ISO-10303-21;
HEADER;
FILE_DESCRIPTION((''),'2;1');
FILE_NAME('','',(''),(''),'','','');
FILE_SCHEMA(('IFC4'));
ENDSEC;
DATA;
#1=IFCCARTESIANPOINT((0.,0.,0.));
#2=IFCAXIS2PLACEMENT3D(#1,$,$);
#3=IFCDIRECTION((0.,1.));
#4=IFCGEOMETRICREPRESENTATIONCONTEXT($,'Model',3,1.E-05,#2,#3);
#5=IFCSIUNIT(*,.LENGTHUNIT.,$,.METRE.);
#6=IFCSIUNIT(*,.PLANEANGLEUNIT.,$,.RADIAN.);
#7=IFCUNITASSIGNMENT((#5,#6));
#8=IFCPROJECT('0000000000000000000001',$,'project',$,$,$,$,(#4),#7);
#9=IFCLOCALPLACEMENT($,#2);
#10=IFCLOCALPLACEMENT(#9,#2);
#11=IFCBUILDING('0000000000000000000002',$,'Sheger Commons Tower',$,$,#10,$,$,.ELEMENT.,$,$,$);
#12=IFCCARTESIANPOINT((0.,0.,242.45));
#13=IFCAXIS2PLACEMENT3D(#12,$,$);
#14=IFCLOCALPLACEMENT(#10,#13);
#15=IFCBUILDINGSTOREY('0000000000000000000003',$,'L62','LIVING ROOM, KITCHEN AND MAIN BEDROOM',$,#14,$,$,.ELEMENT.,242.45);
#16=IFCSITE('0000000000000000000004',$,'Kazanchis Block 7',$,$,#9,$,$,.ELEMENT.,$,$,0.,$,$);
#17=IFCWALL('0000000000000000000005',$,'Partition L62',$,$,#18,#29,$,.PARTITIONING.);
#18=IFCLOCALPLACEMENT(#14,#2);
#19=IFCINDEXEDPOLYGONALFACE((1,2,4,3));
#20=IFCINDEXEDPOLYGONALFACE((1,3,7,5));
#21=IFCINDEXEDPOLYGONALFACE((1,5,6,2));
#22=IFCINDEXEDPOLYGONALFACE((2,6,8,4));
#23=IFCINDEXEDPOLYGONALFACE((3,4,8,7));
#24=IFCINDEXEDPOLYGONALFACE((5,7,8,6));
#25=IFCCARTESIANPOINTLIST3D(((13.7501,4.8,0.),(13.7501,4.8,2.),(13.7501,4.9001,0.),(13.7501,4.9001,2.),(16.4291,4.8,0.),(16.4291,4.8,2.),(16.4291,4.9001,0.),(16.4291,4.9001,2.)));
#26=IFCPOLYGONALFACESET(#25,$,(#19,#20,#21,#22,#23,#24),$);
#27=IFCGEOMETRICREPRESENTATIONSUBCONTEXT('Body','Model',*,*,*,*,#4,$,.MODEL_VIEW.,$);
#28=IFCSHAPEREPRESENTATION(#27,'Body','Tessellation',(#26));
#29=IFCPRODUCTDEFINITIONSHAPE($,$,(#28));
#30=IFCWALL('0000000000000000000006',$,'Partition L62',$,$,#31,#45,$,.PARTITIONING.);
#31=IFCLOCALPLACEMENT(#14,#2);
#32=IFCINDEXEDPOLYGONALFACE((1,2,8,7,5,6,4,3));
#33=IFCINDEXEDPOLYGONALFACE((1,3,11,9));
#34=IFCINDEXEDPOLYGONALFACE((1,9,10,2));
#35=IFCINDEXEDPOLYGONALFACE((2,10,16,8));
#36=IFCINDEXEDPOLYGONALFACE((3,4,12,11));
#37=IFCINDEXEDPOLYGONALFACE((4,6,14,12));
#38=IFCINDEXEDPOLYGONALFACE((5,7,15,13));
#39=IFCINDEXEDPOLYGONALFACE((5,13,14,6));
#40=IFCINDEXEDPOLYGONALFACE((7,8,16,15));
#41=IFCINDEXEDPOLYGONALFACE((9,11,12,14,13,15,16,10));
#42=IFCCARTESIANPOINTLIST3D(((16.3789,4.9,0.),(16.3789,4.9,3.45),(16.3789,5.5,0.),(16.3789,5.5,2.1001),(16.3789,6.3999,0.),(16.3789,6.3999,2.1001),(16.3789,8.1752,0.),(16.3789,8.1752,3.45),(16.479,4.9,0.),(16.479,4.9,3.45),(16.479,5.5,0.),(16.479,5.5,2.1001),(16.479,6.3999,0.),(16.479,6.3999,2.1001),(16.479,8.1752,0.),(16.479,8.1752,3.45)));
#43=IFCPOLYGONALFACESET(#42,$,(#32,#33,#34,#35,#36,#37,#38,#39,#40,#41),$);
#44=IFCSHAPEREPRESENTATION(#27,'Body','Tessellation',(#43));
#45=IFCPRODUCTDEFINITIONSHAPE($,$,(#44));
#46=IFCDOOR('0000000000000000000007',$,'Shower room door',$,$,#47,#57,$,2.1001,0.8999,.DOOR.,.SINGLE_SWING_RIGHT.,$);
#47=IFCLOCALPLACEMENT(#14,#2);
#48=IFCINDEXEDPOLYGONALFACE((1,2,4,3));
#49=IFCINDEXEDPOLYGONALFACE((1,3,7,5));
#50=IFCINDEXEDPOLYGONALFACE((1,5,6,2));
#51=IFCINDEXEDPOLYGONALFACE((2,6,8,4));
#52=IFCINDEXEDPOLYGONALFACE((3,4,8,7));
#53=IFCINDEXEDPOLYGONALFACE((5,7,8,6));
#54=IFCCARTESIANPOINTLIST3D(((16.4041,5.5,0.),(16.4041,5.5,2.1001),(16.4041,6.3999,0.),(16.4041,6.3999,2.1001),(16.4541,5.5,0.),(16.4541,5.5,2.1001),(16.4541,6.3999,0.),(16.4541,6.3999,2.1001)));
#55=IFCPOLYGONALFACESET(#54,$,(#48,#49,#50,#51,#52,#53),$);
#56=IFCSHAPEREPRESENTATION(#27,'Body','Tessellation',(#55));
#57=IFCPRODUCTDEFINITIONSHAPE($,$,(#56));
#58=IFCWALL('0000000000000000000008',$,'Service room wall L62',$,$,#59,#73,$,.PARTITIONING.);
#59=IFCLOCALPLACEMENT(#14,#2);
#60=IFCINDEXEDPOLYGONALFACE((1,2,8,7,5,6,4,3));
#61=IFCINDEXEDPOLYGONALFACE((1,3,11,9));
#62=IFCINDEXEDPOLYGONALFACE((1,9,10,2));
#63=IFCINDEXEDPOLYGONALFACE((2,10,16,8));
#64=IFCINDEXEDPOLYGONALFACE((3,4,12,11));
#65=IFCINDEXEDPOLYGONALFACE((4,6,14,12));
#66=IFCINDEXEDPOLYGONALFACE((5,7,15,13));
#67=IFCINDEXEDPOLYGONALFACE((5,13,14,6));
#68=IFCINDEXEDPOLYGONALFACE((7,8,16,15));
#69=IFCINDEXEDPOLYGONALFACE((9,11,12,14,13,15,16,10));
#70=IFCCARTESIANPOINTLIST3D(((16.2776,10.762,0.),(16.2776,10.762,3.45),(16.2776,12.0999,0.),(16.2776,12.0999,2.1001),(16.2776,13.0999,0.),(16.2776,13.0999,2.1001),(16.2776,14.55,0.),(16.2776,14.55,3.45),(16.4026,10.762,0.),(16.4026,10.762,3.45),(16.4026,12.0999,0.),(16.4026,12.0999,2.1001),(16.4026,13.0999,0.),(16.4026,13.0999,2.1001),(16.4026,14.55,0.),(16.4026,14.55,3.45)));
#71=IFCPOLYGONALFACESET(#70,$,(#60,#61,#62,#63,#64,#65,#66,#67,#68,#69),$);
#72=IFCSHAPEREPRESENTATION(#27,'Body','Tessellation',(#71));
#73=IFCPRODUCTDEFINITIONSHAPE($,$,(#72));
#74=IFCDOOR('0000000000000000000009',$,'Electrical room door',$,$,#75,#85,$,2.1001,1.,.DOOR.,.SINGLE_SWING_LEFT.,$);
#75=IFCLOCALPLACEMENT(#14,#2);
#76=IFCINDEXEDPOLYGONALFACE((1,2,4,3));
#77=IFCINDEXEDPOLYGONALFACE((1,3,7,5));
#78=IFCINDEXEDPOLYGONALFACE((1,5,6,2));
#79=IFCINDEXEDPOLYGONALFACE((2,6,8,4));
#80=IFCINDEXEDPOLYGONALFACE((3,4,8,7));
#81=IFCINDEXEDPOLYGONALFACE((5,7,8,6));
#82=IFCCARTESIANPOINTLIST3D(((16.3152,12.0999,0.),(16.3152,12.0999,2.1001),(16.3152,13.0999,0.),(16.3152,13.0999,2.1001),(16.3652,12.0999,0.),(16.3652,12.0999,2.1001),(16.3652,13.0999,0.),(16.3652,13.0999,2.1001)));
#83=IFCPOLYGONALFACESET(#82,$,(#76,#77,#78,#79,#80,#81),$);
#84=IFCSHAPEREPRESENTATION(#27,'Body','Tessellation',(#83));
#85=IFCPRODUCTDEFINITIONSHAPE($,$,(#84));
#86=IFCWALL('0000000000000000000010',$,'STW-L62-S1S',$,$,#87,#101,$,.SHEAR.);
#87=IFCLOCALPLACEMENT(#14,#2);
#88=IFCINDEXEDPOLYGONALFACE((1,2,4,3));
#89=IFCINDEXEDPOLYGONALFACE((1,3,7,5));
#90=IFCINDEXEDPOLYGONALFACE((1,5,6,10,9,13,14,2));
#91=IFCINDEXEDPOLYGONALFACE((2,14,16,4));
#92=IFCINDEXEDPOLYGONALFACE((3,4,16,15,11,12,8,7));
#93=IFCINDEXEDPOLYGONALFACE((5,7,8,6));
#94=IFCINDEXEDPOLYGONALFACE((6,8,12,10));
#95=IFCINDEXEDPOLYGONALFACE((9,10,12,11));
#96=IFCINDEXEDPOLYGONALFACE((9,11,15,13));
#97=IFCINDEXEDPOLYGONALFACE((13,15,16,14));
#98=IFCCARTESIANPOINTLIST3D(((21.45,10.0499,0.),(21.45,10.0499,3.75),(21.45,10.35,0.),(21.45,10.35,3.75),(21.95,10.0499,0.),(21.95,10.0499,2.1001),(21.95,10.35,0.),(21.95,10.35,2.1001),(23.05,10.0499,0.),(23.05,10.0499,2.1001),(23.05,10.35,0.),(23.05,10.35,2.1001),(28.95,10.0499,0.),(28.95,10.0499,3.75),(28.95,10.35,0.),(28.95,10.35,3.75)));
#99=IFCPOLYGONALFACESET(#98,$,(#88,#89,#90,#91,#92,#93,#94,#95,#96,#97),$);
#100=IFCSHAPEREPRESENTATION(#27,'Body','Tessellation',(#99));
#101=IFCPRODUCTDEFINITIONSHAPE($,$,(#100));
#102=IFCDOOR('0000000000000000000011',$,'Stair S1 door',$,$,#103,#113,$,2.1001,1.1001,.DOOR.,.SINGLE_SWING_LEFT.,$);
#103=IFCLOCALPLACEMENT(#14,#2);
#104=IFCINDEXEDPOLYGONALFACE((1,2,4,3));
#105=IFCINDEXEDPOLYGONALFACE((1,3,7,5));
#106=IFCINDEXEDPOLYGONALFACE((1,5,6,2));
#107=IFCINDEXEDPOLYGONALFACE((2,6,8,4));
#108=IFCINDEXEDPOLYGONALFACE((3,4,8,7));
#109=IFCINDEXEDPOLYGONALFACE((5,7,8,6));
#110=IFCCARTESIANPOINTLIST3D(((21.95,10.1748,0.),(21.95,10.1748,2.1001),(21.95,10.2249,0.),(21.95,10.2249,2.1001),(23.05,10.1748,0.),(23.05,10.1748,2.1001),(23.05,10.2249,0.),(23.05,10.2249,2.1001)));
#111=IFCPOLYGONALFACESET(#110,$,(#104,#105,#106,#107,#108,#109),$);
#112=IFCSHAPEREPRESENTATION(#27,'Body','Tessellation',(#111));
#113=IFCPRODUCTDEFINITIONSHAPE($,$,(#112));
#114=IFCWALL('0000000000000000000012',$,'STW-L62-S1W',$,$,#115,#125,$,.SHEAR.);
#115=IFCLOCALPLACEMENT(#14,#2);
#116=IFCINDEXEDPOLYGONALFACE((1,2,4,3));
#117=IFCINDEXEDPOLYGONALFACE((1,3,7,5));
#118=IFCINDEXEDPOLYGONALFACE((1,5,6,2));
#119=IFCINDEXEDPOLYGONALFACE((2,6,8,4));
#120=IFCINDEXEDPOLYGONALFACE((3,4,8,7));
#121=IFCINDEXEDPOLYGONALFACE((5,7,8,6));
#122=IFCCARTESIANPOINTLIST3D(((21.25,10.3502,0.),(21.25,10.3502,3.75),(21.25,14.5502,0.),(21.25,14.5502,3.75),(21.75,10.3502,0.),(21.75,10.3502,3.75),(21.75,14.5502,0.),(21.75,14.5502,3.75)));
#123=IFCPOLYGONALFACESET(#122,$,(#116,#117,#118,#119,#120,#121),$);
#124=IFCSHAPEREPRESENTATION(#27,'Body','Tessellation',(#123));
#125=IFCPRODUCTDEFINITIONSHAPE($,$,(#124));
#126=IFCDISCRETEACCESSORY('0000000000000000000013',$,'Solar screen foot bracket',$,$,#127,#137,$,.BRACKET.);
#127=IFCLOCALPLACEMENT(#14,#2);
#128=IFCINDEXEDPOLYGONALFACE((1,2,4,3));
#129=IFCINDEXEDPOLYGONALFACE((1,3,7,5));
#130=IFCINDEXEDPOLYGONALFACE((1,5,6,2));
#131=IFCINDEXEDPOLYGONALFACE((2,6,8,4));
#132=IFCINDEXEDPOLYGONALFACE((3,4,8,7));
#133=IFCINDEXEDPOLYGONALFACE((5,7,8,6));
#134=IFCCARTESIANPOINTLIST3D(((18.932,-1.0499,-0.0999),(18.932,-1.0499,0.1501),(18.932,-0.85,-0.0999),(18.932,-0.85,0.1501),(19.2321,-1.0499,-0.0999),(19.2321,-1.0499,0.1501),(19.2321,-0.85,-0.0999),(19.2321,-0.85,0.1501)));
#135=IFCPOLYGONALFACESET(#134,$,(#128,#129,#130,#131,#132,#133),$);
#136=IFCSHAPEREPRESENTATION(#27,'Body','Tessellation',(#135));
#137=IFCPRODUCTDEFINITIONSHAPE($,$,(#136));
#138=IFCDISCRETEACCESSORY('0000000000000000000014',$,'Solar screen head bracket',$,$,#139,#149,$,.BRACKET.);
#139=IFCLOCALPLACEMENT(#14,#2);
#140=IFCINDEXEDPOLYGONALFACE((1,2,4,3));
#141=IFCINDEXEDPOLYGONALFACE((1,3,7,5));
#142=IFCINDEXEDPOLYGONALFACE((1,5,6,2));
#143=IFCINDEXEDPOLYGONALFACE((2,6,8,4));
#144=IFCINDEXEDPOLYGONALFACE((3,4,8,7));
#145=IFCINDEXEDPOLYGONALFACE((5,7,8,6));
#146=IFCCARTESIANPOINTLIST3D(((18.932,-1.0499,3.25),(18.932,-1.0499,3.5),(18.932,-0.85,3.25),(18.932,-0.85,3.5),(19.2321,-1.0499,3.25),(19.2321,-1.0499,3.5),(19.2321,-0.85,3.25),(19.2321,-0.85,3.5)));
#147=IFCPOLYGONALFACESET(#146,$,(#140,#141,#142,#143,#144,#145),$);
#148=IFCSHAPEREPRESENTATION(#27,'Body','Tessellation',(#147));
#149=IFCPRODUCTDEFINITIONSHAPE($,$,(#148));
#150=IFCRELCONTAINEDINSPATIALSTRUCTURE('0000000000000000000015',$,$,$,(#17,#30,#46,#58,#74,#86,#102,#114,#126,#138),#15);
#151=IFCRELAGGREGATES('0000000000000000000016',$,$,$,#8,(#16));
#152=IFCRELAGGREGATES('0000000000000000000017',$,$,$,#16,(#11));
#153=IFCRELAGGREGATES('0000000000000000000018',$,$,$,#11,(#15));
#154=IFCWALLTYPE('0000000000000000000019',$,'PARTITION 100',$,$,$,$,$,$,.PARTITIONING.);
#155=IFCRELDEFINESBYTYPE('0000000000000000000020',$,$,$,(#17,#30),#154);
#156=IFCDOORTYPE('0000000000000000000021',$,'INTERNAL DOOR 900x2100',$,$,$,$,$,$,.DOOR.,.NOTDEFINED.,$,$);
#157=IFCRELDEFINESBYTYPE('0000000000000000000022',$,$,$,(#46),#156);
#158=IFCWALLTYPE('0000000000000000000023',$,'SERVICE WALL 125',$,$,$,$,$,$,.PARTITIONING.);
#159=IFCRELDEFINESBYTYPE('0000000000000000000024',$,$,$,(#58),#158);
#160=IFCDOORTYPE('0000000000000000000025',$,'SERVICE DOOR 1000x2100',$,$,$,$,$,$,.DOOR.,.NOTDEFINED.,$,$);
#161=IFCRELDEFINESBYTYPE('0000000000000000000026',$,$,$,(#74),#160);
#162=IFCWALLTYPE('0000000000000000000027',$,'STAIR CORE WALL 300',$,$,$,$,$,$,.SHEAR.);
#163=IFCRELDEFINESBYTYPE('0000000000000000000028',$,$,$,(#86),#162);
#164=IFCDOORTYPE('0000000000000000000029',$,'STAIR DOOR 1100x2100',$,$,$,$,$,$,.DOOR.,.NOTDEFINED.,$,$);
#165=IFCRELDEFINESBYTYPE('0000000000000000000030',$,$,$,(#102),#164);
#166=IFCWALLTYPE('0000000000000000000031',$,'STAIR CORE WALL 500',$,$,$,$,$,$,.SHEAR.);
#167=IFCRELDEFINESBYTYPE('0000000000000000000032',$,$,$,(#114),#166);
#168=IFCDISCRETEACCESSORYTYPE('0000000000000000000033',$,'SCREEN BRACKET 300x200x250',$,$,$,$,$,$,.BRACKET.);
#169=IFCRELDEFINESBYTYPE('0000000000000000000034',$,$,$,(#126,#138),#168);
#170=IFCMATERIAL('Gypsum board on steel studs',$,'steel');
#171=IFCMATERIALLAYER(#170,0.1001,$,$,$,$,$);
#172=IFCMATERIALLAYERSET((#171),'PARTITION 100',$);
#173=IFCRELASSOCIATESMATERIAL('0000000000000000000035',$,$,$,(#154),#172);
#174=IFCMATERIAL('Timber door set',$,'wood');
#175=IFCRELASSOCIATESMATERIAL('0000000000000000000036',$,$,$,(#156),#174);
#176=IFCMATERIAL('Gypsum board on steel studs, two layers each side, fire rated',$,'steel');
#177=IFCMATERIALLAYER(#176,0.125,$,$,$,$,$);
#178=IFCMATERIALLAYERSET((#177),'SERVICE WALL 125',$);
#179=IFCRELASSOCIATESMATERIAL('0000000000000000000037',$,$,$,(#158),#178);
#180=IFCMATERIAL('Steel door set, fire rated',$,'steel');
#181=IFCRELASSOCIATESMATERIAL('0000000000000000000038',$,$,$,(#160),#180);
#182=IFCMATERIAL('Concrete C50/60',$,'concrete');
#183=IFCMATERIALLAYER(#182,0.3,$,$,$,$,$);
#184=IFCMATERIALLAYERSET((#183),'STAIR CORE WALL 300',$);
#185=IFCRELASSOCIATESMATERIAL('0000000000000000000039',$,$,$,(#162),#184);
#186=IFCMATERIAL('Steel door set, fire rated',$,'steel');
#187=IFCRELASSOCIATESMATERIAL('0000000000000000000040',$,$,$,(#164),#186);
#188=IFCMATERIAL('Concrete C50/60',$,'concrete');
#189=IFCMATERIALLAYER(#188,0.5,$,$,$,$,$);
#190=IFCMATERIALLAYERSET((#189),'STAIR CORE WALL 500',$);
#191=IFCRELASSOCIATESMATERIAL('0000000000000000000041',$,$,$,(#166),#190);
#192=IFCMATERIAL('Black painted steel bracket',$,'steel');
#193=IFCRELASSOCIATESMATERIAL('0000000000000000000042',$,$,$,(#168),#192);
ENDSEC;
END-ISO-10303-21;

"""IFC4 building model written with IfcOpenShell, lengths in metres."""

from ifc_helpers import new_model, si_unit, direction, frame, frame_2d, origin, origin_2d, place, context, subcontext, project, spatial, rectangle, extrude, material, layer, layer_set, type_object, element, fill, save


model = new_model("IFC4")

# Units and contexts
model_context = context("Model", 3, precision=1e-05, world=origin(), true_north=direction((0.0, 1.0)))
body_context = subcontext(model_context, "Body", "Model", "MODEL_VIEW")
ifc_project = project(units=[si_unit("LENGTHUNIT", "METRE"), si_unit("PLANEANGLEUNIT", "RADIAN")], contexts=[model_context])

# Site, building, storey
site_placement = place(None, origin())
site = spatial("IfcSite", under=ifc_project, at=site_placement, Name="Kazanchis Block 7", CompositionType="ELEMENT", RefElevation=0.0)
building_placement = place(site_placement, origin())
building = spatial("IfcBuilding", under=site, at=building_placement, Name="Sheger Commons Tower", CompositionType="ELEMENT")
storey_placement = place(building_placement, frame((0.0, 0.0, 242.45)))
storey = spatial("IfcBuildingStorey", under=building, at=storey_placement, Name="L62", Description="LIVING ROOM, KITCHEN AND MAIN BEDROOM", CompositionType="ELEMENT", Elevation=242.45)

# Wall
ifc_material_1 = material(Name="Gypsum board on steel studs", Category="steel")
ifc_layer_1 = layer(ifc_material_1, 0.1001)
ifc_layer_set_1 = layer_set([ifc_layer_1], Name="PARTITION 100")
wall_type_1 = type_object("IfcWallType", Name="PARTITION 100", PredefinedType="PARTITIONING", material=ifc_layer_set_1)
wall_1_placement = place(storey_placement, frame((16.429, 4.8501, 0.0), z_axis=(0.0, 0.0, 1.0), x_axis=(-1.0, 0.0, 0.0)))
element("IfcWall", 1, at=wall_1_placement, inside=storey, type_object=wall_type_1, Name="Partition L62", PredefinedType="PARTITIONING", context=body_context, shape_type="SweptSolid", body=[
    extrude(rectangle(XDim=2.679, YDim=0.1001, at=frame_2d((1.3394, 0.0))), origin(), (0.0, 0.0, 1.0), 2.0),
])

# Walls, openings, doors
wall_2_placement = place(storey_placement, frame((16.429, 4.8999, 0.0), z_axis=(0.0, 0.0, 1.0), x_axis=(0.0, 1.0, 0.0)))
wall_2 = element("IfcWall", 2, at=wall_2_placement, inside=storey, type_object=wall_type_1, Name="Partition L62", PredefinedType="PARTITIONING", context=body_context, shape_type="SweptSolid", body=[
    extrude(rectangle(XDim=3.2751, YDim=0.1001, at=frame_2d((1.6377, 0.0))), origin(), (0.0, 0.0, 1.0), 3.45),
])
opening_1_placement = place(wall_2_placement, frame((0.6001, 0.0, 0.0)))
opening_1 = element("IfcOpeningElement", 3, at=opening_1_placement, cuts=wall_2, PredefinedType="OPENING", context=body_context, shape_type="SweptSolid", body=[
    extrude(rectangle(XDim=0.8999, YDim=2.1001, at=frame_2d((0.45, 1.05))), frame((0.0, 0.0601, 0.0), z_axis=(0.0, -1.0, 0.0), x_axis=(1.0, 0.0, 0.0)), (0.0, 0.0, 1.0), 0.1201),
])
ifc_material_2 = material(Name="Timber door set", Category="wood")
door_type_1 = type_object("IfcDoorType", Name="INTERNAL DOOR 900x2100", OperationType="NOTDEFINED", PredefinedType="DOOR", material=ifc_material_2)
door_1_placement = place(opening_1_placement, origin())
door_1 = element("IfcDoor", 4, at=door_1_placement, inside=storey, type_object=door_type_1, Name="Shower room door", OperationType="SINGLE_SWING_RIGHT", OverallHeight=2.1001, OverallWidth=0.8999, PredefinedType="DOOR", context=body_context, shape_type="SweptSolid", body=[
    extrude(rectangle(XDim=0.8999, YDim=2.1001, at=frame_2d((0.45, 1.05))), frame((0.0, 0.0249, 0.0), z_axis=(0.0, -1.0, 0.0), x_axis=(1.0, 0.0, 0.0)), (0.0, 0.0, 1.0), 0.05),
])
fill(opening_1, door_1)
ifc_material_3 = material(Name="Gypsum board on steel studs, two layers each side, fire rated", Category="steel")
ifc_layer_2 = layer(ifc_material_3, 0.125)
ifc_layer_set_2 = layer_set([ifc_layer_2], Name="SERVICE WALL 125")
wall_type_2 = type_object("IfcWallType", Name="SERVICE WALL 125", PredefinedType="PARTITIONING", material=ifc_layer_set_2)
wall_3_placement = place(storey_placement, frame((16.3401, 10.762, 0.0), z_axis=(0.0, 0.0, 1.0), x_axis=(0.0, 1.0, 0.0)))
wall_3 = element("IfcWall", 5, at=wall_3_placement, inside=storey, type_object=wall_type_2, Name="Service room wall L62", PredefinedType="PARTITIONING", context=body_context, shape_type="SweptSolid", body=[
    extrude(rectangle(XDim=3.7881, YDim=0.125, at=frame_2d((1.894, 0.0))), origin(), (0.0, 0.0, 1.0), 3.45),
])
opening_2_placement = place(wall_3_placement, frame((1.3379, 0.0, 0.0)))
opening_2 = element("IfcOpeningElement", 6, at=opening_2_placement, cuts=wall_3, PredefinedType="OPENING", context=body_context, shape_type="SweptSolid", body=[
    extrude(rectangle(XDim=1.0, YDim=2.1001, at=frame_2d((0.5, 1.05))), frame((0.0, 0.0725, 0.0), z_axis=(0.0, -1.0, 0.0), x_axis=(1.0, 0.0, 0.0)), (0.0, 0.0, 1.0), 0.145),
])
ifc_material_4 = material(Name="Steel door set, fire rated", Category="steel")
door_type_2 = type_object("IfcDoorType", Name="SERVICE DOOR 1000x2100", OperationType="NOTDEFINED", PredefinedType="DOOR", material=ifc_material_4)
door_2_placement = place(opening_2_placement, origin())
door_2 = element("IfcDoor", 7, at=door_2_placement, inside=storey, type_object=door_type_2, Name="Electrical room door", OperationType="SINGLE_SWING_LEFT", OverallHeight=2.1001, OverallWidth=1.0, PredefinedType="DOOR", context=body_context, shape_type="SweptSolid", body=[
    extrude(rectangle(XDim=1.0, YDim=2.1001, at=frame_2d((0.5, 1.05))), frame((0.0, 0.0249, 0.0), z_axis=(0.0, -1.0, 0.0), x_axis=(1.0, 0.0, 0.0)), (0.0, 0.0, 1.0), 0.05),
])
fill(opening_2, door_2)
ifc_material_5 = material(Name="Concrete C50/60", Category="concrete")
ifc_layer_3 = layer(ifc_material_5, 0.3)
ifc_layer_set_3 = layer_set([ifc_layer_3], Name="STAIR CORE WALL 300")
wall_type_3 = type_object("IfcWallType", Name="STAIR CORE WALL 300", PredefinedType="SHEAR", material=ifc_layer_set_3)
wall_4_placement = place(storey_placement, frame((21.45, 10.2, 0.0), z_axis=(0.0, 0.0, 1.0), x_axis=(1.0, 0.0, 0.0)))
wall_4 = element("IfcWall", 8, at=wall_4_placement, inside=storey, type_object=wall_type_3, Name="STW-L62-S1S", PredefinedType="SHEAR", context=body_context, shape_type="SweptSolid", body=[
    extrude(rectangle(XDim=7.5, YDim=0.3, at=frame_2d((3.75, 0.0))), origin(), (0.0, 0.0, 1.0), 3.75),
])
opening_3_placement = place(wall_4_placement, frame((0.5, 0.0, 0.0)))
opening_3 = element("IfcOpeningElement", 9, at=opening_3_placement, cuts=wall_4, PredefinedType="OPENING", context=body_context, shape_type="SweptSolid", body=[
    extrude(rectangle(XDim=1.1001, YDim=2.1001, at=frame_2d((0.55, 1.05))), frame((0.0, 0.1599, 0.0), z_axis=(0.0, -1.0, 0.0), x_axis=(1.0, 0.0, 0.0)), (0.0, 0.0, 1.0), 0.3201),
])
ifc_material_6 = material(Name="Steel door set, fire rated", Category="steel")
door_type_3 = type_object("IfcDoorType", Name="STAIR DOOR 1100x2100", OperationType="NOTDEFINED", PredefinedType="DOOR", material=ifc_material_6)
door_3_placement = place(opening_3_placement, origin())
door_3 = element("IfcDoor", 10, at=door_3_placement, inside=storey, type_object=door_type_3, Name="Stair S1 door", OperationType="SINGLE_SWING_LEFT", OverallHeight=2.1001, OverallWidth=1.1001, PredefinedType="DOOR", context=body_context, shape_type="SweptSolid", body=[
    extrude(rectangle(XDim=1.1001, YDim=2.1001, at=frame_2d((0.55, 1.05))), frame((0.0, 0.0249, 0.0), z_axis=(0.0, -1.0, 0.0), x_axis=(1.0, 0.0, 0.0)), (0.0, 0.0, 1.0), 0.05),
])
fill(opening_3, door_3)

# Wall
ifc_material_7 = material(Name="Concrete C50/60", Category="concrete")
ifc_layer_4 = layer(ifc_material_7, 0.5)
ifc_layer_set_4 = layer_set([ifc_layer_4], Name="STAIR CORE WALL 500")
wall_type_4 = type_object("IfcWallType", Name="STAIR CORE WALL 500", PredefinedType="SHEAR", material=ifc_layer_set_4)
wall_5_placement = place(storey_placement, frame((21.5, 10.3501, 0.0), z_axis=(0.0, 0.0, 1.0), x_axis=(0.0, 1.0, 0.0)))
element("IfcWall", 11, at=wall_5_placement, inside=storey, type_object=wall_type_4, Name="STW-L62-S1W", PredefinedType="SHEAR", context=body_context, shape_type="SweptSolid", body=[
    extrude(rectangle(XDim=4.2, YDim=0.5, at=frame_2d((2.1001, 0.0))), origin(), (0.0, 0.0, 1.0), 3.75),
])

# Discrete accessories
ifc_material_8 = material(Name="Black painted steel bracket", Category="steel")
discrete_accessory_type = type_object("IfcDiscreteAccessoryType", Name="SCREEN BRACKET 300x200x250", PredefinedType="BRACKET", material=ifc_material_8)
for number, where, z_axis, x_axis, name in (
    (12, (19.082, -0.95, -0.0999), (0.0, 0.0, 1.0), (1.0, 0.0, 0.0), "Solar screen foot bracket"),
    (13, (19.082, -0.95, 3.25), (0.0, 0.0, 1.0), (1.0, 0.0, 0.0), "Solar screen head bracket"),
):
    element("IfcDiscreteAccessory", number, at=place(storey_placement, frame(where, z_axis=z_axis, x_axis=x_axis)), inside=storey, type_object=discrete_accessory_type, Name=name, PredefinedType="BRACKET", context=body_context, shape_type="SweptSolid", body=[
        extrude(rectangle(XDim=0.3, YDim=0.2, at=origin_2d()), origin(), (0.0, 0.0, 1.0), 0.25),
    ])

save(model, "model.ifc")
